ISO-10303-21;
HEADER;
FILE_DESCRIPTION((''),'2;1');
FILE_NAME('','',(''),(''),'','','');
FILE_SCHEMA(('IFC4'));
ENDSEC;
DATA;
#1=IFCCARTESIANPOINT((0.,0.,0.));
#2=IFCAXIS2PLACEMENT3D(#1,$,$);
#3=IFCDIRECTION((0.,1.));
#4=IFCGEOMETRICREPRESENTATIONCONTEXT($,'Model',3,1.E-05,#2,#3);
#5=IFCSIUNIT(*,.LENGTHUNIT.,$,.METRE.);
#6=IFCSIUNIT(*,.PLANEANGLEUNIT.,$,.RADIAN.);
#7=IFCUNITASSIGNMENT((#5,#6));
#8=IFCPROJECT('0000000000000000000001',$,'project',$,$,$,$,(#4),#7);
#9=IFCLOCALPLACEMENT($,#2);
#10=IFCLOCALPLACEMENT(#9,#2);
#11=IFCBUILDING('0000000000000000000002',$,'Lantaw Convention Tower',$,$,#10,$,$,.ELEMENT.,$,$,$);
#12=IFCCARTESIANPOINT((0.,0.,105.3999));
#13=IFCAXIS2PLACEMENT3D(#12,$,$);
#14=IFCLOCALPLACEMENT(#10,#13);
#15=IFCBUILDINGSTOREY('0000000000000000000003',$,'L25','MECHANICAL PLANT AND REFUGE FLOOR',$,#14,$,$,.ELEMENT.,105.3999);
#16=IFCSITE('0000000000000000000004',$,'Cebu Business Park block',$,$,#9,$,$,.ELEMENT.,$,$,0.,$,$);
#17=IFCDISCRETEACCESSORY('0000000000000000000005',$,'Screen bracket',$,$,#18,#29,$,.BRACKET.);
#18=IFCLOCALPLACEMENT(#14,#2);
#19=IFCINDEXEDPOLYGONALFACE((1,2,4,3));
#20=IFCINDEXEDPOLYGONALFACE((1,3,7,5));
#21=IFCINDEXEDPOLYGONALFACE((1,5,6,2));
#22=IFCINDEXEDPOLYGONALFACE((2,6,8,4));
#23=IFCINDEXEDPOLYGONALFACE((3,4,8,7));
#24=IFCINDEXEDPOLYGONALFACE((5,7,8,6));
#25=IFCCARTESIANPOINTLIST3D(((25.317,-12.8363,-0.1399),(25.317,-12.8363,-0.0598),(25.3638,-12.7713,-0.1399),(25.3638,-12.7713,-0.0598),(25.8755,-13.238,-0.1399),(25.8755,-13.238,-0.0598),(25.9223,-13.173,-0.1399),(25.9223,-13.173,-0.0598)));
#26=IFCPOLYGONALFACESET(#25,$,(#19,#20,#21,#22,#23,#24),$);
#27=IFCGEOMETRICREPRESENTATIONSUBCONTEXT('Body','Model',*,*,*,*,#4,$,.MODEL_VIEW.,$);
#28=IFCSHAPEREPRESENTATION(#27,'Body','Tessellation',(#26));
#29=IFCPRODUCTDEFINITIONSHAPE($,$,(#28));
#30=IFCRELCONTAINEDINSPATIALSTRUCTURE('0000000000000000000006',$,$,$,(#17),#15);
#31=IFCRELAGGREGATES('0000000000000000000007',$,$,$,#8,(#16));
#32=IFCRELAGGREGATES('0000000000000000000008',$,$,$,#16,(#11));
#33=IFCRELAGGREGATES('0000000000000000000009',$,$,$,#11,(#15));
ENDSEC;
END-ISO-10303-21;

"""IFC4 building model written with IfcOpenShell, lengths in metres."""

from ifc_helpers import new_model, si_unit, direction, frame, origin, origin_2d, place, context, subcontext, project, spatial, rectangle, extrude, element, save


model = new_model("IFC4")

# Units and contexts
model_context = context("Model", 3, precision=1e-05, world=origin(), true_north=direction((0.0, 1.0)))
body_context = subcontext(model_context, "Body", "Model", "MODEL_VIEW")
ifc_project = project(units=[si_unit("LENGTHUNIT", "METRE"), si_unit("PLANEANGLEUNIT", "RADIAN")], contexts=[model_context])

# Site, building, storey
site_placement = place(None, origin())
site = spatial("IfcSite", under=ifc_project, at=site_placement, Name="Cebu Business Park block", CompositionType="ELEMENT", RefElevation=0.0)
building_placement = place(site_placement, origin())
building = spatial("IfcBuilding", under=site, at=building_placement, Name="Lantaw Convention Tower", CompositionType="ELEMENT")
storey_placement = place(building_placement, frame((0.0, 0.0, 105.3999)))
storey = spatial("IfcBuildingStorey", under=building, at=storey_placement, Name="L25", Description="MECHANICAL PLANT AND REFUGE FLOOR", CompositionType="ELEMENT", Elevation=105.3999)

# Discrete accessory
for number, where, z_axis, x_axis, name in (
    (1, (25.6196, -13.0046, -0.1399), (0.0, 0.0, 1.0), (0.583951, 0.811789, 0.0), "Screen bracket"),
):
    element("IfcDiscreteAccessory", number, at=place(storey_placement, frame(where, z_axis=z_axis, x_axis=x_axis)), inside=storey, Name=name, PredefinedType="BRACKET", context=body_context, shape_type="SweptSolid", body=[
        extrude(rectangle(XDim=0.0801, YDim=0.688, at=origin_2d()), origin(), (0.0, 0.0, 1.0), 0.0801),
    ])

save(model, "model.ifc")
